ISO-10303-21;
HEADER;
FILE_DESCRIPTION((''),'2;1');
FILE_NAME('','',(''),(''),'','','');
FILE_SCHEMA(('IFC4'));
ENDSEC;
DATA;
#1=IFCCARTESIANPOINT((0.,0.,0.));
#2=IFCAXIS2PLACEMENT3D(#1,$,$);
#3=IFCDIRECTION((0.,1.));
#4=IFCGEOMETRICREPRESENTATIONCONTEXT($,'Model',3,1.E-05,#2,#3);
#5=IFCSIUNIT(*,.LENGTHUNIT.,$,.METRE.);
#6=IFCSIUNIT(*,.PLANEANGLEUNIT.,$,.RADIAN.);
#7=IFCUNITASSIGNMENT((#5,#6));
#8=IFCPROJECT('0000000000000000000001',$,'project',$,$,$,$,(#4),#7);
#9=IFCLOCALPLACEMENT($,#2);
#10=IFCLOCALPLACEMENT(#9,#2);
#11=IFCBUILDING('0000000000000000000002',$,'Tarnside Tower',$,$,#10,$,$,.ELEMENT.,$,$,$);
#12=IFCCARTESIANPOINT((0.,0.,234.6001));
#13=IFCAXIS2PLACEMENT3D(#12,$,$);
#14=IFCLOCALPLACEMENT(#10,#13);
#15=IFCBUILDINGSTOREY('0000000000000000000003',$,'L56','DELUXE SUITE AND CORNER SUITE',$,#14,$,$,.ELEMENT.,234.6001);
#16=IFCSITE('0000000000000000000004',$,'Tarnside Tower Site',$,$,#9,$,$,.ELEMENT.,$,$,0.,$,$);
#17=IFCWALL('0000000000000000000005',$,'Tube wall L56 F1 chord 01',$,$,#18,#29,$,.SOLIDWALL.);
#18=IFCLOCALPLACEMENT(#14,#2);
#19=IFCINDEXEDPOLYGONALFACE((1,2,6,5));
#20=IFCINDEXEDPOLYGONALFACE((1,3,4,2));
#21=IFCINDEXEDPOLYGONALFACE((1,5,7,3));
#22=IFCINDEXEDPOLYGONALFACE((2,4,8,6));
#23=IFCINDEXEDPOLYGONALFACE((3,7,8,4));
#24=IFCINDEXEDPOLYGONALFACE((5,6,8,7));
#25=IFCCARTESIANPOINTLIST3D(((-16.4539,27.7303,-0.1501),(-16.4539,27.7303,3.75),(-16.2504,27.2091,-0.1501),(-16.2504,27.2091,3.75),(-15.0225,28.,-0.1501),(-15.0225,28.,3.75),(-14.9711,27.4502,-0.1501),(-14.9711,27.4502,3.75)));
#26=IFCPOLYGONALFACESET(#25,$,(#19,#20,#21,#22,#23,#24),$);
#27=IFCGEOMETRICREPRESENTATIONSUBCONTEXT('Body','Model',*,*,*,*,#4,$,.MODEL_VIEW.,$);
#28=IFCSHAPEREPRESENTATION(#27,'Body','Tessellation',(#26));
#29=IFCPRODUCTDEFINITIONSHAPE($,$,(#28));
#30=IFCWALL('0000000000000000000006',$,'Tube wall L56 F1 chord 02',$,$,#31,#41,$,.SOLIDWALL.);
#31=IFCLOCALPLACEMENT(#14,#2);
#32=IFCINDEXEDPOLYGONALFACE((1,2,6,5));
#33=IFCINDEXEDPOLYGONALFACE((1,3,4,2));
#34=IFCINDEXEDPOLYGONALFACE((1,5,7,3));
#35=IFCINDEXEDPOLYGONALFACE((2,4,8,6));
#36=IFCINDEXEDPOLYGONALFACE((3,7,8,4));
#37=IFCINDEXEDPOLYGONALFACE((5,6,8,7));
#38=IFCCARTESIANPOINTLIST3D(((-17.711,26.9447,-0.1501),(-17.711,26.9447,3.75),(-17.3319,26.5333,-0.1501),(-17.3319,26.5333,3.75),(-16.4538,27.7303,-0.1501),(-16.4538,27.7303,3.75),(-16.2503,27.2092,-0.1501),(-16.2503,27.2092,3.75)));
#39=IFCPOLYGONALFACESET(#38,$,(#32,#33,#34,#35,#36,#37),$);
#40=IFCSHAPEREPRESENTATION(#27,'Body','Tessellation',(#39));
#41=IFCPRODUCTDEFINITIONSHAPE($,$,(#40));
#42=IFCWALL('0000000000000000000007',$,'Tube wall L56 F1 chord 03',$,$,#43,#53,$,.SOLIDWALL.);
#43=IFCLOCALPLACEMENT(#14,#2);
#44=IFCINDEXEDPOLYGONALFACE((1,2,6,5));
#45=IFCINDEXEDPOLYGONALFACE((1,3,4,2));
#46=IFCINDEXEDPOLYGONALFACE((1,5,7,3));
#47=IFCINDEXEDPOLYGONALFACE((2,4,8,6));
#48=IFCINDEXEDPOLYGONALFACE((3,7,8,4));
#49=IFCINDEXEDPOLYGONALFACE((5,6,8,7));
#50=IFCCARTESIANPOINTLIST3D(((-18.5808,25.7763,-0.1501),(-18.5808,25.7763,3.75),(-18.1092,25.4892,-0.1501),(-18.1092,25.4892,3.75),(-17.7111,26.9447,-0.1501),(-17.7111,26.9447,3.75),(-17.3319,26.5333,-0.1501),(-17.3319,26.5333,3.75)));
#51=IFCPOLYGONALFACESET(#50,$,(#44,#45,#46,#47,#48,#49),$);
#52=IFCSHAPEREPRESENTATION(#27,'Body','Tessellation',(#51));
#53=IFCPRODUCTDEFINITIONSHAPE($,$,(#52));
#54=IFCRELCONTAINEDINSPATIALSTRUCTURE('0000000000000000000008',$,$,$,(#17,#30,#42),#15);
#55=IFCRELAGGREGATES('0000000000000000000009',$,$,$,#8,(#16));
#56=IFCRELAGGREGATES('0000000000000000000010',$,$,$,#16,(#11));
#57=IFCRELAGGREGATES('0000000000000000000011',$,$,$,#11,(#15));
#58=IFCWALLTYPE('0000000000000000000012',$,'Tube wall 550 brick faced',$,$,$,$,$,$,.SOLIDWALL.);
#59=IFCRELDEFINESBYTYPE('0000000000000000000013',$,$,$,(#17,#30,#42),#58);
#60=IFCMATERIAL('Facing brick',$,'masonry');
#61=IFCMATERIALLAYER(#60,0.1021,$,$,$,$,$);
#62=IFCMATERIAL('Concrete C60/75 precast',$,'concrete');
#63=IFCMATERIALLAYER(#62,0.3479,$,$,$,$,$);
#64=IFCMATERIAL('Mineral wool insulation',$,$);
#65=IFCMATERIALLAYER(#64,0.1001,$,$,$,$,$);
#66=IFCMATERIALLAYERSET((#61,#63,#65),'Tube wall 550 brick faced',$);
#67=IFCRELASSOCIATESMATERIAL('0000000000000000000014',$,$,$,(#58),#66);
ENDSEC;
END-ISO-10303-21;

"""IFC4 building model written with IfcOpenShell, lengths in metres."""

from ifc_helpers import new_model, si_unit, direction, frame, origin, place, context, subcontext, project, spatial, polyline, outline, extrude, material, layer, layer_set, type_object, element, save


model = new_model("IFC4")

# Units and contexts
model_context = context("Model", 3, precision=1e-05, world=origin(), true_north=direction((0.0, 1.0)))
body_context = subcontext(model_context, "Body", "Model", "MODEL_VIEW")
ifc_project = project(units=[si_unit("LENGTHUNIT", "METRE"), si_unit("PLANEANGLEUNIT", "RADIAN")], contexts=[model_context])

# Site, building, storey
site_placement = place(None, origin())
site = spatial("IfcSite", under=ifc_project, at=site_placement, Name="Tarnside Tower Site", CompositionType="ELEMENT", RefElevation=0.0)
building_placement = place(site_placement, origin())
building = spatial("IfcBuilding", under=site, at=building_placement, Name="Tarnside Tower", CompositionType="ELEMENT")
storey_placement = place(building_placement, frame((0.0, 0.0, 234.6001)))
storey = spatial("IfcBuildingStorey", under=building, at=storey_placement, Name="L56", Description="DELUXE SUITE AND CORNER SUITE", CompositionType="ELEMENT", Elevation=234.6001)

# Walls
ifc_material_1 = material(Name="Facing brick", Category="masonry")
ifc_layer_1 = layer(ifc_material_1, 0.1021)
ifc_material_2 = material(Name="Concrete C60/75 precast", Category="concrete")
ifc_layer_2 = layer(ifc_material_2, 0.3479)
ifc_material_3 = material(Name="Mineral wool insulation")
ifc_layer_3 = layer(ifc_material_3, 0.1001)
ifc_layer_set_1 = layer_set([ifc_layer_1, ifc_layer_2, ifc_layer_3], Name="Tube wall 550 brick faced")
wall_type_1 = type_object("IfcWallType", Name="Tube wall 550 brick faced", PredefinedType="SOLIDWALL", material=ifc_layer_set_1)
wall_1_placement = place(storey_placement, frame((-14.9968, 27.7251, -0.1501), z_axis=(0.0, 0.0, 1.0), x_axis=(-0.982705, -0.185176, 0.0)))
element("IfcWall", 1, at=wall_1_placement, inside=storey, type_object=wall_type_1, Name="Tube wall L56 F1 chord 01", PredefinedType="SOLIDWALL", context=body_context, shape_type="SweptSolid", body=[
    extrude(outline(polyline([(-0.0256, -0.2749), (1.4309, -0.2749), (1.3274, 0.2749), (0.0256, 0.2749), (-0.0256, -0.2749)])), origin(), (0.0, 0.0, 1.0), 3.9001),
])
wall_2_placement = place(storey_placement, frame((-16.3521, 27.4697, -0.1501), z_axis=(0.0, 0.0, 1.0), x_axis=(-0.848058, -0.529903, 0.0)))
element("IfcWall", 2, at=wall_2_placement, inside=storey, type_object=wall_type_1, Name="Tube wall L56 F1 chord 02", PredefinedType="SOLIDWALL", context=body_context, shape_type="SweptSolid", body=[
    extrude(outline(polyline([(-0.0518, -0.2749), (1.4307, -0.2749), (1.3271, 0.2749), (0.0518, 0.2749), (-0.0518, -0.2749)])), origin(), (0.0, 0.0, 1.0), 3.9001),
])
wall_3_placement = place(storey_placement, frame((-17.5215, 26.739, -0.1501), z_axis=(0.0, 0.0, 1.0), x_axis=(-0.597135, -0.802141, 0.0)))
element("IfcWall", 3, at=wall_3_placement, inside=storey, type_object=wall_type_1, Name="Tube wall L56 F1 chord 03", PredefinedType="SOLIDWALL", context=body_context, shape_type="SweptSolid", body=[
    extrude(outline(polyline([(-0.0518, -0.2749), (1.4048, -0.2749), (1.3535, 0.2749), (0.0518, 0.2749), (-0.0518, -0.2749)])), origin(), (0.0, 0.0, 1.0), 3.9001),
])

save(model, "model.ifc")
